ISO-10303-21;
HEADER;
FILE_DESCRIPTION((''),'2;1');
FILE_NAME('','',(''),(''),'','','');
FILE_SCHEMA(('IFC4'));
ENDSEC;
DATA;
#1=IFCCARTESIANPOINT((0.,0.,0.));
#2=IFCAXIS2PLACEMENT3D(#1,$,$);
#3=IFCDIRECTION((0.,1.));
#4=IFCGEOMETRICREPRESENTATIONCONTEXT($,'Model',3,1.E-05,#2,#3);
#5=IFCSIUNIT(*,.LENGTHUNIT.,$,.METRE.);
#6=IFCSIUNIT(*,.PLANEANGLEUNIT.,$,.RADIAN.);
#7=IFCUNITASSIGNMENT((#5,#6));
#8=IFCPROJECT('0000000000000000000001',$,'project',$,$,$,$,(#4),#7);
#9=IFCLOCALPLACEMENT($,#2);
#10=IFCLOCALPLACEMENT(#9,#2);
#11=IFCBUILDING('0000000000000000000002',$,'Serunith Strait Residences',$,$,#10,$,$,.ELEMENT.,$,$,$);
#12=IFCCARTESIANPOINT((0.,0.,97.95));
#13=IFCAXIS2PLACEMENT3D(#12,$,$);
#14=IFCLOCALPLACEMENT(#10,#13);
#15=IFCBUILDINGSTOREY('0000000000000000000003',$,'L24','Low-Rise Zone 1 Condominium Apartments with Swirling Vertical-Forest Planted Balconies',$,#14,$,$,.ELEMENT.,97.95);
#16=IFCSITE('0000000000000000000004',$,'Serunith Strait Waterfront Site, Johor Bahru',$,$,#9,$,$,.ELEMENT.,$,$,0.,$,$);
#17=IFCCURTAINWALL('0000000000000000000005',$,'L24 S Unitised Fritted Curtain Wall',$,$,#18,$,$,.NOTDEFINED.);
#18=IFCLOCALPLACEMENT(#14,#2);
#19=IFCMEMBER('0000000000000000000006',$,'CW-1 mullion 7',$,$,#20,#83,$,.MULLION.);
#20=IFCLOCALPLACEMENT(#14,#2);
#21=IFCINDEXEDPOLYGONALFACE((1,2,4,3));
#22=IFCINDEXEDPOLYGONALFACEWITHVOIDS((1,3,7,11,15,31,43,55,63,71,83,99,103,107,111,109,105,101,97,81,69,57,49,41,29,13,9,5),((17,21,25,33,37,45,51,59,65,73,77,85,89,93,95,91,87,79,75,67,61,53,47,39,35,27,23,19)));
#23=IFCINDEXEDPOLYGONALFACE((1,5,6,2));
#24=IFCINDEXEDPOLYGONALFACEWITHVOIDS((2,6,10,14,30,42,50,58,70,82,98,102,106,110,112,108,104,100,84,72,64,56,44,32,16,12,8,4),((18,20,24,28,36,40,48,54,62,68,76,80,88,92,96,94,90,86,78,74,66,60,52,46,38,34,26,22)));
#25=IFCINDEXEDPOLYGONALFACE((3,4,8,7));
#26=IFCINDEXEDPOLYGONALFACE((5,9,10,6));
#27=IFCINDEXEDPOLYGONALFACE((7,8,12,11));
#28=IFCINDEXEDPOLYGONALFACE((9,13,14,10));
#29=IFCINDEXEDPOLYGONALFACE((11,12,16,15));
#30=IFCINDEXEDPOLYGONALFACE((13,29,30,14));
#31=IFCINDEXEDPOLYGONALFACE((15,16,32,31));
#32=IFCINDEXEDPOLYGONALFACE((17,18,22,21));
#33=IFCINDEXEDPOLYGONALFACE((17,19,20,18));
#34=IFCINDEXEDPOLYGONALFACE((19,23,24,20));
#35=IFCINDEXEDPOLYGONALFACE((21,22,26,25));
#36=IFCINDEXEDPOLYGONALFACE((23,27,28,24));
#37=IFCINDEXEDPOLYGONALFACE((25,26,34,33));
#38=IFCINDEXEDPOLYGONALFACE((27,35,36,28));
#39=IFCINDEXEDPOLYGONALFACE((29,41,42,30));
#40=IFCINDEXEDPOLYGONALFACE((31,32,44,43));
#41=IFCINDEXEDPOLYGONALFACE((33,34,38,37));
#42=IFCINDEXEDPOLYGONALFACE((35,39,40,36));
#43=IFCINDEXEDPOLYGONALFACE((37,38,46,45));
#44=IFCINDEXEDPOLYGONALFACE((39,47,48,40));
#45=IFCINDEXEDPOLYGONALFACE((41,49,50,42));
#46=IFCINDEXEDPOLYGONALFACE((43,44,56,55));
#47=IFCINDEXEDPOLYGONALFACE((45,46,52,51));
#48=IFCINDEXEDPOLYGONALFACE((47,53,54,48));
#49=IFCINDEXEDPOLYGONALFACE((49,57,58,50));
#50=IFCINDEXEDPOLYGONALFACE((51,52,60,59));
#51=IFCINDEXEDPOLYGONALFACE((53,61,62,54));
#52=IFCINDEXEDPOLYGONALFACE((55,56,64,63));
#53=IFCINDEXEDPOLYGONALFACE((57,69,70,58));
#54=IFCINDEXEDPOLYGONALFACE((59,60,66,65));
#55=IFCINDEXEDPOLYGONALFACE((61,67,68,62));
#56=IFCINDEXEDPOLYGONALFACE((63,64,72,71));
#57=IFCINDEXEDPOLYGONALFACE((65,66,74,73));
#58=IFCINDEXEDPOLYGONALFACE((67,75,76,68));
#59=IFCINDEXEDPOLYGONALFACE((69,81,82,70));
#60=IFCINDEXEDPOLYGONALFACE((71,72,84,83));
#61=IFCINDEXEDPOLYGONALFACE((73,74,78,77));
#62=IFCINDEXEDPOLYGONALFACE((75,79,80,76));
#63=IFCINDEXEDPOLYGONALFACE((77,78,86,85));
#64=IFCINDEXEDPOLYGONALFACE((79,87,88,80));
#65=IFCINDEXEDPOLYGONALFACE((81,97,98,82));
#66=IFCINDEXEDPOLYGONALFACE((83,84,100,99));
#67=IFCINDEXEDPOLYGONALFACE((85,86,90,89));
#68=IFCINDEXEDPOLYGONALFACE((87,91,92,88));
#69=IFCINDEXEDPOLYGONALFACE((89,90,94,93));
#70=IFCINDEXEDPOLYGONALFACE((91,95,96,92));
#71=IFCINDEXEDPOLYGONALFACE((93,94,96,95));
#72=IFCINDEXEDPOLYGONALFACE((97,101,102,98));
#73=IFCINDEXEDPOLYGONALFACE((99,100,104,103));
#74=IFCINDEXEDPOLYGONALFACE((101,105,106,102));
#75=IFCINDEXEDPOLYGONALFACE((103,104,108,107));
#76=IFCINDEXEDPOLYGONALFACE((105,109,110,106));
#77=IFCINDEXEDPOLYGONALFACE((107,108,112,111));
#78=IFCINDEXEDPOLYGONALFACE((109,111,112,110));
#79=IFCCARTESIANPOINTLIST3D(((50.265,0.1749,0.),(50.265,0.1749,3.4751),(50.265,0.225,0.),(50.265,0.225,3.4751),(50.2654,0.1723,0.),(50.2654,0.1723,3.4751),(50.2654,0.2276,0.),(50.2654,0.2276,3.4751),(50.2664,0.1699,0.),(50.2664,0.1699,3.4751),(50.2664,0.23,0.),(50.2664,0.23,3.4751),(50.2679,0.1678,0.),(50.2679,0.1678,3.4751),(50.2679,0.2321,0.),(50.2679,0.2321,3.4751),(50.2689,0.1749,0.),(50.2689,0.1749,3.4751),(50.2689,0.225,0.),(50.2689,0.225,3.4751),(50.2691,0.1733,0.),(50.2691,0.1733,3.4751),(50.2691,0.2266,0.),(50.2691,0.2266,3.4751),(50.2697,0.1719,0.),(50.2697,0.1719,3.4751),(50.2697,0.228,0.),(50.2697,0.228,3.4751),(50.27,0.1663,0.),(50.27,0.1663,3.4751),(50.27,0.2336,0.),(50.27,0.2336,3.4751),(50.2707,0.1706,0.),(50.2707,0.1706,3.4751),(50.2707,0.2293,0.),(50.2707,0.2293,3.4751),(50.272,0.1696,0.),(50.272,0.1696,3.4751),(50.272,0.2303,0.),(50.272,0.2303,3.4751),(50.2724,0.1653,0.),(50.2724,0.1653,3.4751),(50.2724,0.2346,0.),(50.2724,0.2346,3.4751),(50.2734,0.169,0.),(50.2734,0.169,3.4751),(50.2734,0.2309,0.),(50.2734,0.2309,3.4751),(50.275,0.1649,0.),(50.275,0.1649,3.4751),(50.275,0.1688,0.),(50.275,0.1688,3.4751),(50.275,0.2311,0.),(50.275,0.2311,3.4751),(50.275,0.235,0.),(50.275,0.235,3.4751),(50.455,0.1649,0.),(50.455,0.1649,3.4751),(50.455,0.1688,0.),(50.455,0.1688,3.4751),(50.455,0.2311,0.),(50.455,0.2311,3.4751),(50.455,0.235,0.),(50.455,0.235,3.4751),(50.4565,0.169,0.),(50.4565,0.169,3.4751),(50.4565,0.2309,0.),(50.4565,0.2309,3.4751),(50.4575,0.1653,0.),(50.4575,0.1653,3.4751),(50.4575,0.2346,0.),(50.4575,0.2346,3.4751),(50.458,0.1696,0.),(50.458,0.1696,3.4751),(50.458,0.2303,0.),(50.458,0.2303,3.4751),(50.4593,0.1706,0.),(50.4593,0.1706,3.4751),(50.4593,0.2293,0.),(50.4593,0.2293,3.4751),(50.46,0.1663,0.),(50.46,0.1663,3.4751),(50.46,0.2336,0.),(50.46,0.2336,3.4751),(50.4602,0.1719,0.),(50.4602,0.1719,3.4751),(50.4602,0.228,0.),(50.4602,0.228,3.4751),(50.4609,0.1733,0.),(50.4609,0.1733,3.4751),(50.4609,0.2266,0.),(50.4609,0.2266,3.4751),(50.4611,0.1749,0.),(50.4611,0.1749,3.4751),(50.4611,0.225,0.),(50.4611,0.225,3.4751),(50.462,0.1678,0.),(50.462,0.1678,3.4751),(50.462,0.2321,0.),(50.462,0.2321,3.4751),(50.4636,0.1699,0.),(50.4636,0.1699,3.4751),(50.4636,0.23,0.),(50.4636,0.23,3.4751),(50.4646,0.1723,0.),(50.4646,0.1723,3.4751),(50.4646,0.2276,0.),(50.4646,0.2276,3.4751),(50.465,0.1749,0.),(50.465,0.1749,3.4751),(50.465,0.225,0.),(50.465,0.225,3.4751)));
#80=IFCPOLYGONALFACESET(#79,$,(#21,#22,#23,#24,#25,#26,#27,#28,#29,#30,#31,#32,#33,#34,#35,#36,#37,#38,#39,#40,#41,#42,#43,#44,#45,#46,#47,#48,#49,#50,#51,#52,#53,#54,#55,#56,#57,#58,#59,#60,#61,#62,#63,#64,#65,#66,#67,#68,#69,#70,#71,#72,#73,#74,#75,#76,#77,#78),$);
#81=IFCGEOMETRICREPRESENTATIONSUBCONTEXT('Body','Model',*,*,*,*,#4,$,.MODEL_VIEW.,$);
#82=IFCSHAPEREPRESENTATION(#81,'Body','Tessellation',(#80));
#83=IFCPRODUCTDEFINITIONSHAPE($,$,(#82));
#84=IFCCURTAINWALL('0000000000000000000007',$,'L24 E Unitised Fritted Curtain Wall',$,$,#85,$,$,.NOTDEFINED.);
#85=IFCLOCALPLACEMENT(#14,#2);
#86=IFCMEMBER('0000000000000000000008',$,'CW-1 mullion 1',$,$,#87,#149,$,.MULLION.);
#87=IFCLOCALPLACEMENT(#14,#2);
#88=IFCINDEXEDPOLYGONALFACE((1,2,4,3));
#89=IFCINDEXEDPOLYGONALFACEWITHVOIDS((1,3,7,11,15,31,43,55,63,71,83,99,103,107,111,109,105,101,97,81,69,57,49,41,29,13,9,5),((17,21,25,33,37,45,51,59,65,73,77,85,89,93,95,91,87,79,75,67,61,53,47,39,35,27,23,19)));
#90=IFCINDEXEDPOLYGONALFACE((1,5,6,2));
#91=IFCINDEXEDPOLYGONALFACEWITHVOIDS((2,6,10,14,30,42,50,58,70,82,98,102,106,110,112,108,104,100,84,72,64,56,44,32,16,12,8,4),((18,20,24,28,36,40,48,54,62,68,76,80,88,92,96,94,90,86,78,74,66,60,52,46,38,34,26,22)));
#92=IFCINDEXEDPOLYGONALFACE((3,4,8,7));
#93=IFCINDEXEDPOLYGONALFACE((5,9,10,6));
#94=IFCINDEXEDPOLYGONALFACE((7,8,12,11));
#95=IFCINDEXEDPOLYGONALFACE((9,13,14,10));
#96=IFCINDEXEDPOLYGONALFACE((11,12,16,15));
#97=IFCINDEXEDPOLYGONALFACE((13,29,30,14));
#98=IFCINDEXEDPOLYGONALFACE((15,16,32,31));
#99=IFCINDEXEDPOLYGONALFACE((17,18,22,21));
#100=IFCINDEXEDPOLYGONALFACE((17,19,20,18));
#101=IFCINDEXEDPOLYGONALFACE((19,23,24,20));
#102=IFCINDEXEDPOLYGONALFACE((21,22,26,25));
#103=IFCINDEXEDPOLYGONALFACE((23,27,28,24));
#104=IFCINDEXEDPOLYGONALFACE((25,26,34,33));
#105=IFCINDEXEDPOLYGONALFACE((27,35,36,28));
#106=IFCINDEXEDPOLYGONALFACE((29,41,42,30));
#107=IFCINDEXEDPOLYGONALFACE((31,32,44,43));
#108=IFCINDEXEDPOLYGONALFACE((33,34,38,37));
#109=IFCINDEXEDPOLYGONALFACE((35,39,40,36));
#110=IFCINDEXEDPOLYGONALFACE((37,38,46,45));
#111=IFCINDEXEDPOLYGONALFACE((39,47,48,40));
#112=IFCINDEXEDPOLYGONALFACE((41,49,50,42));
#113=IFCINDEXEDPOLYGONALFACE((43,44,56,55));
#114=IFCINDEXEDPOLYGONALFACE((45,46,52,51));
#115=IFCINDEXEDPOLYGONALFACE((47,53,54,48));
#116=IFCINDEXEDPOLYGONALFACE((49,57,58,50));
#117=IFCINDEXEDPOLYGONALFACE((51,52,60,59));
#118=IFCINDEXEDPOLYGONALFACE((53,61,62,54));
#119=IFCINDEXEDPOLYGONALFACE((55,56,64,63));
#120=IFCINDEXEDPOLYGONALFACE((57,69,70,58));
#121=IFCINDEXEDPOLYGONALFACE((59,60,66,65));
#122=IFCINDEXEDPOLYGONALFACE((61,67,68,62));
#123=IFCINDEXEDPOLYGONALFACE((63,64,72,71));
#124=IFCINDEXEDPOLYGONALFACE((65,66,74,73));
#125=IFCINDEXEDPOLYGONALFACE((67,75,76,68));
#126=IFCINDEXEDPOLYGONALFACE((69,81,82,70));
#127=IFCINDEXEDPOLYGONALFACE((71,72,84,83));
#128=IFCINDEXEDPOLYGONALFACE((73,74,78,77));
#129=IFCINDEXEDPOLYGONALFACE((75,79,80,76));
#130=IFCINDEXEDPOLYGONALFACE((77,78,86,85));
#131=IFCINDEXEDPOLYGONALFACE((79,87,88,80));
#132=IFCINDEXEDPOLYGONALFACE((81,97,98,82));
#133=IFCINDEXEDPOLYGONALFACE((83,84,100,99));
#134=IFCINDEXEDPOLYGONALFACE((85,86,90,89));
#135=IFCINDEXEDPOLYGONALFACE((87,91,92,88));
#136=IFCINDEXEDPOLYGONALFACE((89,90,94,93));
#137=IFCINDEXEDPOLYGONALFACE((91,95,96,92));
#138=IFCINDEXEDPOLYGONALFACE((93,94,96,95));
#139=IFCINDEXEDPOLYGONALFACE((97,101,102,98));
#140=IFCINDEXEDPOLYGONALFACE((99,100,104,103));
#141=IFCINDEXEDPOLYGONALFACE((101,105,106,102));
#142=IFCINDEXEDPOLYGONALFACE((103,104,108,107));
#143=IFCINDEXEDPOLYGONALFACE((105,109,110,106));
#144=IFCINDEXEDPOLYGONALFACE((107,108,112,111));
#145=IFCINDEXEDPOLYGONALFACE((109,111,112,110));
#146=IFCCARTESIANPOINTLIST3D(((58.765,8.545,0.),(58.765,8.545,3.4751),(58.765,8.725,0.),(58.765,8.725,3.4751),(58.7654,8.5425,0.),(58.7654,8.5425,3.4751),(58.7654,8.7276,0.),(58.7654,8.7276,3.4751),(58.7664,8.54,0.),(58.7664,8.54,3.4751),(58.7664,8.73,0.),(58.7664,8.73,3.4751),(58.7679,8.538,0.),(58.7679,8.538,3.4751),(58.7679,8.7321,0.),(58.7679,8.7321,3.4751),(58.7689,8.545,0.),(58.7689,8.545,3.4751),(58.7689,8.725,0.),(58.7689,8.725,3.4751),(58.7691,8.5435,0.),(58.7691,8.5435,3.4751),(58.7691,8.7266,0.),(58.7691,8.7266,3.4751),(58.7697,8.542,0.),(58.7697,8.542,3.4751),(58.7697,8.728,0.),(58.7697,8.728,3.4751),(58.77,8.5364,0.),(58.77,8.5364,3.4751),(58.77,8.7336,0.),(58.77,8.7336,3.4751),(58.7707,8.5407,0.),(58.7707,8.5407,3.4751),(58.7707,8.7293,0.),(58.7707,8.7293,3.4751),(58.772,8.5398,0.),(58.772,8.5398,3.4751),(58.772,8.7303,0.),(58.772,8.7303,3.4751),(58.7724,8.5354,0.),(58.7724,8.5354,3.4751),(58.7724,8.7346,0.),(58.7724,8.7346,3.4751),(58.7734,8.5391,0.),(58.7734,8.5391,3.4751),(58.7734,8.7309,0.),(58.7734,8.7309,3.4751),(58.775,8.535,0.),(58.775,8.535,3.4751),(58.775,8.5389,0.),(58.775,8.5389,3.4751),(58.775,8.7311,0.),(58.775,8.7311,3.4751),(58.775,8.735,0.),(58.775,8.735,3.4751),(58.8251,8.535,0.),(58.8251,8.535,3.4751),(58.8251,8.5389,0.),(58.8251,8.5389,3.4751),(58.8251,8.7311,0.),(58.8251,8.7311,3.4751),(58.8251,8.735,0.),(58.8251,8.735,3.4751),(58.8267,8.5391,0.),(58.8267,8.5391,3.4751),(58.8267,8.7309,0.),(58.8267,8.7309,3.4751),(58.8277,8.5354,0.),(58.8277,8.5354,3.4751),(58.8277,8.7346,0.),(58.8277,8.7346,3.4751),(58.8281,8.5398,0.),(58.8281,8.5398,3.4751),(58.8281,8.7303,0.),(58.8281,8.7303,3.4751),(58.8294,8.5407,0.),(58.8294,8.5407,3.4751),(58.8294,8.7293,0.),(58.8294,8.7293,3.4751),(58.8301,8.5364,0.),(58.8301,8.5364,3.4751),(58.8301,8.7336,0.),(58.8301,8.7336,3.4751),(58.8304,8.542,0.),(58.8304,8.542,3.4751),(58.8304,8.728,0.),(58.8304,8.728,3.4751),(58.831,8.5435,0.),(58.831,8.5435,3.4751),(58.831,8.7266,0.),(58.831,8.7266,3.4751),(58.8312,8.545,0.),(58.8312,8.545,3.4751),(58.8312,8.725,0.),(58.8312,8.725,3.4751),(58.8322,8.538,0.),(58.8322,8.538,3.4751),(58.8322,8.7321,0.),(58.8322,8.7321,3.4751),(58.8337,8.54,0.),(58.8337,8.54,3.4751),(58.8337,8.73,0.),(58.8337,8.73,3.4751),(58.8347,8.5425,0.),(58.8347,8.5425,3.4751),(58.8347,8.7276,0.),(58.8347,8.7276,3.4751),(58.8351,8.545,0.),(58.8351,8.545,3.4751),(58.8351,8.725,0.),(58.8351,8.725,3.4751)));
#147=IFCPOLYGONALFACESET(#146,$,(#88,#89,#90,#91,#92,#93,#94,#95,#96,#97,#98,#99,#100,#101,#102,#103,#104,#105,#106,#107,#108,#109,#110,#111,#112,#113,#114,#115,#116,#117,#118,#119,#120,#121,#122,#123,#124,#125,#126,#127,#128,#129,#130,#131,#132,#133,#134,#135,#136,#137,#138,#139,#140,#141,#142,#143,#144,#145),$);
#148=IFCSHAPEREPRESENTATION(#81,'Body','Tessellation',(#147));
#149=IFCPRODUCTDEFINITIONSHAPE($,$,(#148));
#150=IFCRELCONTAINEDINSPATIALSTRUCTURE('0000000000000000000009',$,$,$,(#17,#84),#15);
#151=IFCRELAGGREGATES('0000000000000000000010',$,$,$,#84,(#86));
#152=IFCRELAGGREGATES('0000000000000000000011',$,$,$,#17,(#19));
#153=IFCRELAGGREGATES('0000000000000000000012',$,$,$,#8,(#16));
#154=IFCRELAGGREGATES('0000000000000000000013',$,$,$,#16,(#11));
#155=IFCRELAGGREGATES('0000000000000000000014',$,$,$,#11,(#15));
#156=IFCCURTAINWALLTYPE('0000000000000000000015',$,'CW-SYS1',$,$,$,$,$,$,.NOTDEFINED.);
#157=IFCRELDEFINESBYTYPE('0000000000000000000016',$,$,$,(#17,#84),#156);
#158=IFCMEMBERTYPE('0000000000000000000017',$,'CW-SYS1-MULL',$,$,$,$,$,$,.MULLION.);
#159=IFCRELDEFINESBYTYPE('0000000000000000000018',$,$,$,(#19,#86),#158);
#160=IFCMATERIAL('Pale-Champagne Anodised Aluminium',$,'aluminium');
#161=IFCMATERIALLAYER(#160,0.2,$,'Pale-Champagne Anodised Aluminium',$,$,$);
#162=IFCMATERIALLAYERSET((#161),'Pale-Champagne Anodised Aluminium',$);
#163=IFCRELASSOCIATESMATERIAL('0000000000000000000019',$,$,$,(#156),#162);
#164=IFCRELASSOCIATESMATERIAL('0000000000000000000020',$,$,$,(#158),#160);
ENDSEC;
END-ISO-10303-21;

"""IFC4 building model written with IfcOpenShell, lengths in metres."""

from ifc_helpers import new_model, si_unit, direction, frame, origin, origin_2d, place, context, subcontext, project, spatial, hollow_rectangle, extrude, source, transform, mapped, material, layer, layer_set, material_profile, profile_set, type_object, element, aggregate, save


model = new_model("IFC4")

# Units and contexts
model_context = context("Model", 3, precision=1e-05, world=origin(), true_north=direction((0.0, 1.0)))
body_context = subcontext(model_context, "Body", "Model", "MODEL_VIEW")
ifc_project = project(units=[si_unit("LENGTHUNIT", "METRE"), si_unit("PLANEANGLEUNIT", "RADIAN")], contexts=[model_context])

# Site, building, storey
site_placement = place(None, origin())
site = spatial("IfcSite", under=ifc_project, at=site_placement, Name="Serunith Strait Waterfront Site, Johor Bahru", CompositionType="ELEMENT", RefElevation=0.0)
building_placement = place(site_placement, origin())
building = spatial("IfcBuilding", under=site, at=building_placement, Name="Serunith Strait Residences", CompositionType="ELEMENT")
storey_placement = place(building_placement, frame((0.0, 0.0, 97.95)))
storey = spatial("IfcBuildingStorey", under=building, at=storey_placement, Name="L24", Description="Low-Rise Zone 1 Condominium Apartments with Swirling Vertical-Forest Planted Balconies", CompositionType="ELEMENT", Elevation=97.95)

# Curtain walls, members
ifc_material_1 = material(Name="Pale-Champagne Anodised Aluminium", Category="aluminium")
ifc_layer_1 = layer(ifc_material_1, 0.2, Name="Pale-Champagne Anodised Aluminium")
ifc_layer_set_1 = layer_set([ifc_layer_1], Name="Pale-Champagne Anodised Aluminium")
curtain_wall_type = type_object("IfcCurtainWallType", Name="CW-SYS1", PredefinedType="NOTDEFINED", material=ifc_layer_set_1)
curtain_wall_1_placement = place(storey_placement, origin())
curtain_wall_1 = element("IfcCurtainWall", 1, at=curtain_wall_1_placement, inside=storey, type_object=curtain_wall_type, Name="L24 S Unitised Fritted Curtain Wall", PredefinedType="NOTDEFINED")
ifc_material_profile_1 = material_profile(ifc_material_1, hollow_rectangle(XDim=0.0701, YDim=0.2, WallThickness=0.0039, InnerFilletRadius=0.0061, OuterFilletRadius=0.01, at=origin_2d()), Name="ALU 200x70x4")
ifc_profile_set_1 = profile_set([ifc_material_profile_1], Name="Pale-Champagne Anodised Aluminium")
member_type_1 = type_object("IfcMemberType", Name="CW-SYS1-MULL", PredefinedType="MULLION", material=ifc_profile_set_1)
shared_shape_1 = source(origin(), body_context, "Body", "SweptSolid", [
    extrude(hollow_rectangle(XDim=0.0701, YDim=0.2, WallThickness=0.0039, InnerFilletRadius=0.0061, OuterFilletRadius=0.01, at=origin_2d()), origin(), (0.0, 0.0, 1.0), 3.4751),
])
member_1_placement = place(storey_placement, frame((50.365, 0.2, 0.0), z_axis=(0.0, 0.0, 1.0), x_axis=(0.0, 1.0, 0.0)))
member_1 = element("IfcMember", 2, at=member_1_placement, type_object=member_type_1, Name="CW-1 mullion 7", PredefinedType="MULLION", context=body_context, shape_type="MappedRepresentation", body=[
    mapped(shared_shape_1, transform((0.0, 0.0, 0.0), scale=1.0)),
])
curtain_wall_2_placement = place(storey_placement, origin())
curtain_wall_2 = element("IfcCurtainWall", 3, at=curtain_wall_2_placement, inside=storey, type_object=curtain_wall_type, Name="L24 E Unitised Fritted Curtain Wall", PredefinedType="NOTDEFINED")
member_2_placement = place(storey_placement, frame((58.8, 8.635, 0.0), z_axis=(0.0, 0.0, 1.0), x_axis=(-1.0, 0.0, 0.0)))
member_2 = element("IfcMember", 4, at=member_2_placement, type_object=member_type_1, Name="CW-1 mullion 1", PredefinedType="MULLION", context=body_context, shape_type="MappedRepresentation", body=[
    mapped(shared_shape_1, transform((0.0, 0.0, 0.0), scale=1.0)),
])

aggregate(curtain_wall_2, [member_2])

aggregate(curtain_wall_1, [member_1])

save(model, "model.ifc")
